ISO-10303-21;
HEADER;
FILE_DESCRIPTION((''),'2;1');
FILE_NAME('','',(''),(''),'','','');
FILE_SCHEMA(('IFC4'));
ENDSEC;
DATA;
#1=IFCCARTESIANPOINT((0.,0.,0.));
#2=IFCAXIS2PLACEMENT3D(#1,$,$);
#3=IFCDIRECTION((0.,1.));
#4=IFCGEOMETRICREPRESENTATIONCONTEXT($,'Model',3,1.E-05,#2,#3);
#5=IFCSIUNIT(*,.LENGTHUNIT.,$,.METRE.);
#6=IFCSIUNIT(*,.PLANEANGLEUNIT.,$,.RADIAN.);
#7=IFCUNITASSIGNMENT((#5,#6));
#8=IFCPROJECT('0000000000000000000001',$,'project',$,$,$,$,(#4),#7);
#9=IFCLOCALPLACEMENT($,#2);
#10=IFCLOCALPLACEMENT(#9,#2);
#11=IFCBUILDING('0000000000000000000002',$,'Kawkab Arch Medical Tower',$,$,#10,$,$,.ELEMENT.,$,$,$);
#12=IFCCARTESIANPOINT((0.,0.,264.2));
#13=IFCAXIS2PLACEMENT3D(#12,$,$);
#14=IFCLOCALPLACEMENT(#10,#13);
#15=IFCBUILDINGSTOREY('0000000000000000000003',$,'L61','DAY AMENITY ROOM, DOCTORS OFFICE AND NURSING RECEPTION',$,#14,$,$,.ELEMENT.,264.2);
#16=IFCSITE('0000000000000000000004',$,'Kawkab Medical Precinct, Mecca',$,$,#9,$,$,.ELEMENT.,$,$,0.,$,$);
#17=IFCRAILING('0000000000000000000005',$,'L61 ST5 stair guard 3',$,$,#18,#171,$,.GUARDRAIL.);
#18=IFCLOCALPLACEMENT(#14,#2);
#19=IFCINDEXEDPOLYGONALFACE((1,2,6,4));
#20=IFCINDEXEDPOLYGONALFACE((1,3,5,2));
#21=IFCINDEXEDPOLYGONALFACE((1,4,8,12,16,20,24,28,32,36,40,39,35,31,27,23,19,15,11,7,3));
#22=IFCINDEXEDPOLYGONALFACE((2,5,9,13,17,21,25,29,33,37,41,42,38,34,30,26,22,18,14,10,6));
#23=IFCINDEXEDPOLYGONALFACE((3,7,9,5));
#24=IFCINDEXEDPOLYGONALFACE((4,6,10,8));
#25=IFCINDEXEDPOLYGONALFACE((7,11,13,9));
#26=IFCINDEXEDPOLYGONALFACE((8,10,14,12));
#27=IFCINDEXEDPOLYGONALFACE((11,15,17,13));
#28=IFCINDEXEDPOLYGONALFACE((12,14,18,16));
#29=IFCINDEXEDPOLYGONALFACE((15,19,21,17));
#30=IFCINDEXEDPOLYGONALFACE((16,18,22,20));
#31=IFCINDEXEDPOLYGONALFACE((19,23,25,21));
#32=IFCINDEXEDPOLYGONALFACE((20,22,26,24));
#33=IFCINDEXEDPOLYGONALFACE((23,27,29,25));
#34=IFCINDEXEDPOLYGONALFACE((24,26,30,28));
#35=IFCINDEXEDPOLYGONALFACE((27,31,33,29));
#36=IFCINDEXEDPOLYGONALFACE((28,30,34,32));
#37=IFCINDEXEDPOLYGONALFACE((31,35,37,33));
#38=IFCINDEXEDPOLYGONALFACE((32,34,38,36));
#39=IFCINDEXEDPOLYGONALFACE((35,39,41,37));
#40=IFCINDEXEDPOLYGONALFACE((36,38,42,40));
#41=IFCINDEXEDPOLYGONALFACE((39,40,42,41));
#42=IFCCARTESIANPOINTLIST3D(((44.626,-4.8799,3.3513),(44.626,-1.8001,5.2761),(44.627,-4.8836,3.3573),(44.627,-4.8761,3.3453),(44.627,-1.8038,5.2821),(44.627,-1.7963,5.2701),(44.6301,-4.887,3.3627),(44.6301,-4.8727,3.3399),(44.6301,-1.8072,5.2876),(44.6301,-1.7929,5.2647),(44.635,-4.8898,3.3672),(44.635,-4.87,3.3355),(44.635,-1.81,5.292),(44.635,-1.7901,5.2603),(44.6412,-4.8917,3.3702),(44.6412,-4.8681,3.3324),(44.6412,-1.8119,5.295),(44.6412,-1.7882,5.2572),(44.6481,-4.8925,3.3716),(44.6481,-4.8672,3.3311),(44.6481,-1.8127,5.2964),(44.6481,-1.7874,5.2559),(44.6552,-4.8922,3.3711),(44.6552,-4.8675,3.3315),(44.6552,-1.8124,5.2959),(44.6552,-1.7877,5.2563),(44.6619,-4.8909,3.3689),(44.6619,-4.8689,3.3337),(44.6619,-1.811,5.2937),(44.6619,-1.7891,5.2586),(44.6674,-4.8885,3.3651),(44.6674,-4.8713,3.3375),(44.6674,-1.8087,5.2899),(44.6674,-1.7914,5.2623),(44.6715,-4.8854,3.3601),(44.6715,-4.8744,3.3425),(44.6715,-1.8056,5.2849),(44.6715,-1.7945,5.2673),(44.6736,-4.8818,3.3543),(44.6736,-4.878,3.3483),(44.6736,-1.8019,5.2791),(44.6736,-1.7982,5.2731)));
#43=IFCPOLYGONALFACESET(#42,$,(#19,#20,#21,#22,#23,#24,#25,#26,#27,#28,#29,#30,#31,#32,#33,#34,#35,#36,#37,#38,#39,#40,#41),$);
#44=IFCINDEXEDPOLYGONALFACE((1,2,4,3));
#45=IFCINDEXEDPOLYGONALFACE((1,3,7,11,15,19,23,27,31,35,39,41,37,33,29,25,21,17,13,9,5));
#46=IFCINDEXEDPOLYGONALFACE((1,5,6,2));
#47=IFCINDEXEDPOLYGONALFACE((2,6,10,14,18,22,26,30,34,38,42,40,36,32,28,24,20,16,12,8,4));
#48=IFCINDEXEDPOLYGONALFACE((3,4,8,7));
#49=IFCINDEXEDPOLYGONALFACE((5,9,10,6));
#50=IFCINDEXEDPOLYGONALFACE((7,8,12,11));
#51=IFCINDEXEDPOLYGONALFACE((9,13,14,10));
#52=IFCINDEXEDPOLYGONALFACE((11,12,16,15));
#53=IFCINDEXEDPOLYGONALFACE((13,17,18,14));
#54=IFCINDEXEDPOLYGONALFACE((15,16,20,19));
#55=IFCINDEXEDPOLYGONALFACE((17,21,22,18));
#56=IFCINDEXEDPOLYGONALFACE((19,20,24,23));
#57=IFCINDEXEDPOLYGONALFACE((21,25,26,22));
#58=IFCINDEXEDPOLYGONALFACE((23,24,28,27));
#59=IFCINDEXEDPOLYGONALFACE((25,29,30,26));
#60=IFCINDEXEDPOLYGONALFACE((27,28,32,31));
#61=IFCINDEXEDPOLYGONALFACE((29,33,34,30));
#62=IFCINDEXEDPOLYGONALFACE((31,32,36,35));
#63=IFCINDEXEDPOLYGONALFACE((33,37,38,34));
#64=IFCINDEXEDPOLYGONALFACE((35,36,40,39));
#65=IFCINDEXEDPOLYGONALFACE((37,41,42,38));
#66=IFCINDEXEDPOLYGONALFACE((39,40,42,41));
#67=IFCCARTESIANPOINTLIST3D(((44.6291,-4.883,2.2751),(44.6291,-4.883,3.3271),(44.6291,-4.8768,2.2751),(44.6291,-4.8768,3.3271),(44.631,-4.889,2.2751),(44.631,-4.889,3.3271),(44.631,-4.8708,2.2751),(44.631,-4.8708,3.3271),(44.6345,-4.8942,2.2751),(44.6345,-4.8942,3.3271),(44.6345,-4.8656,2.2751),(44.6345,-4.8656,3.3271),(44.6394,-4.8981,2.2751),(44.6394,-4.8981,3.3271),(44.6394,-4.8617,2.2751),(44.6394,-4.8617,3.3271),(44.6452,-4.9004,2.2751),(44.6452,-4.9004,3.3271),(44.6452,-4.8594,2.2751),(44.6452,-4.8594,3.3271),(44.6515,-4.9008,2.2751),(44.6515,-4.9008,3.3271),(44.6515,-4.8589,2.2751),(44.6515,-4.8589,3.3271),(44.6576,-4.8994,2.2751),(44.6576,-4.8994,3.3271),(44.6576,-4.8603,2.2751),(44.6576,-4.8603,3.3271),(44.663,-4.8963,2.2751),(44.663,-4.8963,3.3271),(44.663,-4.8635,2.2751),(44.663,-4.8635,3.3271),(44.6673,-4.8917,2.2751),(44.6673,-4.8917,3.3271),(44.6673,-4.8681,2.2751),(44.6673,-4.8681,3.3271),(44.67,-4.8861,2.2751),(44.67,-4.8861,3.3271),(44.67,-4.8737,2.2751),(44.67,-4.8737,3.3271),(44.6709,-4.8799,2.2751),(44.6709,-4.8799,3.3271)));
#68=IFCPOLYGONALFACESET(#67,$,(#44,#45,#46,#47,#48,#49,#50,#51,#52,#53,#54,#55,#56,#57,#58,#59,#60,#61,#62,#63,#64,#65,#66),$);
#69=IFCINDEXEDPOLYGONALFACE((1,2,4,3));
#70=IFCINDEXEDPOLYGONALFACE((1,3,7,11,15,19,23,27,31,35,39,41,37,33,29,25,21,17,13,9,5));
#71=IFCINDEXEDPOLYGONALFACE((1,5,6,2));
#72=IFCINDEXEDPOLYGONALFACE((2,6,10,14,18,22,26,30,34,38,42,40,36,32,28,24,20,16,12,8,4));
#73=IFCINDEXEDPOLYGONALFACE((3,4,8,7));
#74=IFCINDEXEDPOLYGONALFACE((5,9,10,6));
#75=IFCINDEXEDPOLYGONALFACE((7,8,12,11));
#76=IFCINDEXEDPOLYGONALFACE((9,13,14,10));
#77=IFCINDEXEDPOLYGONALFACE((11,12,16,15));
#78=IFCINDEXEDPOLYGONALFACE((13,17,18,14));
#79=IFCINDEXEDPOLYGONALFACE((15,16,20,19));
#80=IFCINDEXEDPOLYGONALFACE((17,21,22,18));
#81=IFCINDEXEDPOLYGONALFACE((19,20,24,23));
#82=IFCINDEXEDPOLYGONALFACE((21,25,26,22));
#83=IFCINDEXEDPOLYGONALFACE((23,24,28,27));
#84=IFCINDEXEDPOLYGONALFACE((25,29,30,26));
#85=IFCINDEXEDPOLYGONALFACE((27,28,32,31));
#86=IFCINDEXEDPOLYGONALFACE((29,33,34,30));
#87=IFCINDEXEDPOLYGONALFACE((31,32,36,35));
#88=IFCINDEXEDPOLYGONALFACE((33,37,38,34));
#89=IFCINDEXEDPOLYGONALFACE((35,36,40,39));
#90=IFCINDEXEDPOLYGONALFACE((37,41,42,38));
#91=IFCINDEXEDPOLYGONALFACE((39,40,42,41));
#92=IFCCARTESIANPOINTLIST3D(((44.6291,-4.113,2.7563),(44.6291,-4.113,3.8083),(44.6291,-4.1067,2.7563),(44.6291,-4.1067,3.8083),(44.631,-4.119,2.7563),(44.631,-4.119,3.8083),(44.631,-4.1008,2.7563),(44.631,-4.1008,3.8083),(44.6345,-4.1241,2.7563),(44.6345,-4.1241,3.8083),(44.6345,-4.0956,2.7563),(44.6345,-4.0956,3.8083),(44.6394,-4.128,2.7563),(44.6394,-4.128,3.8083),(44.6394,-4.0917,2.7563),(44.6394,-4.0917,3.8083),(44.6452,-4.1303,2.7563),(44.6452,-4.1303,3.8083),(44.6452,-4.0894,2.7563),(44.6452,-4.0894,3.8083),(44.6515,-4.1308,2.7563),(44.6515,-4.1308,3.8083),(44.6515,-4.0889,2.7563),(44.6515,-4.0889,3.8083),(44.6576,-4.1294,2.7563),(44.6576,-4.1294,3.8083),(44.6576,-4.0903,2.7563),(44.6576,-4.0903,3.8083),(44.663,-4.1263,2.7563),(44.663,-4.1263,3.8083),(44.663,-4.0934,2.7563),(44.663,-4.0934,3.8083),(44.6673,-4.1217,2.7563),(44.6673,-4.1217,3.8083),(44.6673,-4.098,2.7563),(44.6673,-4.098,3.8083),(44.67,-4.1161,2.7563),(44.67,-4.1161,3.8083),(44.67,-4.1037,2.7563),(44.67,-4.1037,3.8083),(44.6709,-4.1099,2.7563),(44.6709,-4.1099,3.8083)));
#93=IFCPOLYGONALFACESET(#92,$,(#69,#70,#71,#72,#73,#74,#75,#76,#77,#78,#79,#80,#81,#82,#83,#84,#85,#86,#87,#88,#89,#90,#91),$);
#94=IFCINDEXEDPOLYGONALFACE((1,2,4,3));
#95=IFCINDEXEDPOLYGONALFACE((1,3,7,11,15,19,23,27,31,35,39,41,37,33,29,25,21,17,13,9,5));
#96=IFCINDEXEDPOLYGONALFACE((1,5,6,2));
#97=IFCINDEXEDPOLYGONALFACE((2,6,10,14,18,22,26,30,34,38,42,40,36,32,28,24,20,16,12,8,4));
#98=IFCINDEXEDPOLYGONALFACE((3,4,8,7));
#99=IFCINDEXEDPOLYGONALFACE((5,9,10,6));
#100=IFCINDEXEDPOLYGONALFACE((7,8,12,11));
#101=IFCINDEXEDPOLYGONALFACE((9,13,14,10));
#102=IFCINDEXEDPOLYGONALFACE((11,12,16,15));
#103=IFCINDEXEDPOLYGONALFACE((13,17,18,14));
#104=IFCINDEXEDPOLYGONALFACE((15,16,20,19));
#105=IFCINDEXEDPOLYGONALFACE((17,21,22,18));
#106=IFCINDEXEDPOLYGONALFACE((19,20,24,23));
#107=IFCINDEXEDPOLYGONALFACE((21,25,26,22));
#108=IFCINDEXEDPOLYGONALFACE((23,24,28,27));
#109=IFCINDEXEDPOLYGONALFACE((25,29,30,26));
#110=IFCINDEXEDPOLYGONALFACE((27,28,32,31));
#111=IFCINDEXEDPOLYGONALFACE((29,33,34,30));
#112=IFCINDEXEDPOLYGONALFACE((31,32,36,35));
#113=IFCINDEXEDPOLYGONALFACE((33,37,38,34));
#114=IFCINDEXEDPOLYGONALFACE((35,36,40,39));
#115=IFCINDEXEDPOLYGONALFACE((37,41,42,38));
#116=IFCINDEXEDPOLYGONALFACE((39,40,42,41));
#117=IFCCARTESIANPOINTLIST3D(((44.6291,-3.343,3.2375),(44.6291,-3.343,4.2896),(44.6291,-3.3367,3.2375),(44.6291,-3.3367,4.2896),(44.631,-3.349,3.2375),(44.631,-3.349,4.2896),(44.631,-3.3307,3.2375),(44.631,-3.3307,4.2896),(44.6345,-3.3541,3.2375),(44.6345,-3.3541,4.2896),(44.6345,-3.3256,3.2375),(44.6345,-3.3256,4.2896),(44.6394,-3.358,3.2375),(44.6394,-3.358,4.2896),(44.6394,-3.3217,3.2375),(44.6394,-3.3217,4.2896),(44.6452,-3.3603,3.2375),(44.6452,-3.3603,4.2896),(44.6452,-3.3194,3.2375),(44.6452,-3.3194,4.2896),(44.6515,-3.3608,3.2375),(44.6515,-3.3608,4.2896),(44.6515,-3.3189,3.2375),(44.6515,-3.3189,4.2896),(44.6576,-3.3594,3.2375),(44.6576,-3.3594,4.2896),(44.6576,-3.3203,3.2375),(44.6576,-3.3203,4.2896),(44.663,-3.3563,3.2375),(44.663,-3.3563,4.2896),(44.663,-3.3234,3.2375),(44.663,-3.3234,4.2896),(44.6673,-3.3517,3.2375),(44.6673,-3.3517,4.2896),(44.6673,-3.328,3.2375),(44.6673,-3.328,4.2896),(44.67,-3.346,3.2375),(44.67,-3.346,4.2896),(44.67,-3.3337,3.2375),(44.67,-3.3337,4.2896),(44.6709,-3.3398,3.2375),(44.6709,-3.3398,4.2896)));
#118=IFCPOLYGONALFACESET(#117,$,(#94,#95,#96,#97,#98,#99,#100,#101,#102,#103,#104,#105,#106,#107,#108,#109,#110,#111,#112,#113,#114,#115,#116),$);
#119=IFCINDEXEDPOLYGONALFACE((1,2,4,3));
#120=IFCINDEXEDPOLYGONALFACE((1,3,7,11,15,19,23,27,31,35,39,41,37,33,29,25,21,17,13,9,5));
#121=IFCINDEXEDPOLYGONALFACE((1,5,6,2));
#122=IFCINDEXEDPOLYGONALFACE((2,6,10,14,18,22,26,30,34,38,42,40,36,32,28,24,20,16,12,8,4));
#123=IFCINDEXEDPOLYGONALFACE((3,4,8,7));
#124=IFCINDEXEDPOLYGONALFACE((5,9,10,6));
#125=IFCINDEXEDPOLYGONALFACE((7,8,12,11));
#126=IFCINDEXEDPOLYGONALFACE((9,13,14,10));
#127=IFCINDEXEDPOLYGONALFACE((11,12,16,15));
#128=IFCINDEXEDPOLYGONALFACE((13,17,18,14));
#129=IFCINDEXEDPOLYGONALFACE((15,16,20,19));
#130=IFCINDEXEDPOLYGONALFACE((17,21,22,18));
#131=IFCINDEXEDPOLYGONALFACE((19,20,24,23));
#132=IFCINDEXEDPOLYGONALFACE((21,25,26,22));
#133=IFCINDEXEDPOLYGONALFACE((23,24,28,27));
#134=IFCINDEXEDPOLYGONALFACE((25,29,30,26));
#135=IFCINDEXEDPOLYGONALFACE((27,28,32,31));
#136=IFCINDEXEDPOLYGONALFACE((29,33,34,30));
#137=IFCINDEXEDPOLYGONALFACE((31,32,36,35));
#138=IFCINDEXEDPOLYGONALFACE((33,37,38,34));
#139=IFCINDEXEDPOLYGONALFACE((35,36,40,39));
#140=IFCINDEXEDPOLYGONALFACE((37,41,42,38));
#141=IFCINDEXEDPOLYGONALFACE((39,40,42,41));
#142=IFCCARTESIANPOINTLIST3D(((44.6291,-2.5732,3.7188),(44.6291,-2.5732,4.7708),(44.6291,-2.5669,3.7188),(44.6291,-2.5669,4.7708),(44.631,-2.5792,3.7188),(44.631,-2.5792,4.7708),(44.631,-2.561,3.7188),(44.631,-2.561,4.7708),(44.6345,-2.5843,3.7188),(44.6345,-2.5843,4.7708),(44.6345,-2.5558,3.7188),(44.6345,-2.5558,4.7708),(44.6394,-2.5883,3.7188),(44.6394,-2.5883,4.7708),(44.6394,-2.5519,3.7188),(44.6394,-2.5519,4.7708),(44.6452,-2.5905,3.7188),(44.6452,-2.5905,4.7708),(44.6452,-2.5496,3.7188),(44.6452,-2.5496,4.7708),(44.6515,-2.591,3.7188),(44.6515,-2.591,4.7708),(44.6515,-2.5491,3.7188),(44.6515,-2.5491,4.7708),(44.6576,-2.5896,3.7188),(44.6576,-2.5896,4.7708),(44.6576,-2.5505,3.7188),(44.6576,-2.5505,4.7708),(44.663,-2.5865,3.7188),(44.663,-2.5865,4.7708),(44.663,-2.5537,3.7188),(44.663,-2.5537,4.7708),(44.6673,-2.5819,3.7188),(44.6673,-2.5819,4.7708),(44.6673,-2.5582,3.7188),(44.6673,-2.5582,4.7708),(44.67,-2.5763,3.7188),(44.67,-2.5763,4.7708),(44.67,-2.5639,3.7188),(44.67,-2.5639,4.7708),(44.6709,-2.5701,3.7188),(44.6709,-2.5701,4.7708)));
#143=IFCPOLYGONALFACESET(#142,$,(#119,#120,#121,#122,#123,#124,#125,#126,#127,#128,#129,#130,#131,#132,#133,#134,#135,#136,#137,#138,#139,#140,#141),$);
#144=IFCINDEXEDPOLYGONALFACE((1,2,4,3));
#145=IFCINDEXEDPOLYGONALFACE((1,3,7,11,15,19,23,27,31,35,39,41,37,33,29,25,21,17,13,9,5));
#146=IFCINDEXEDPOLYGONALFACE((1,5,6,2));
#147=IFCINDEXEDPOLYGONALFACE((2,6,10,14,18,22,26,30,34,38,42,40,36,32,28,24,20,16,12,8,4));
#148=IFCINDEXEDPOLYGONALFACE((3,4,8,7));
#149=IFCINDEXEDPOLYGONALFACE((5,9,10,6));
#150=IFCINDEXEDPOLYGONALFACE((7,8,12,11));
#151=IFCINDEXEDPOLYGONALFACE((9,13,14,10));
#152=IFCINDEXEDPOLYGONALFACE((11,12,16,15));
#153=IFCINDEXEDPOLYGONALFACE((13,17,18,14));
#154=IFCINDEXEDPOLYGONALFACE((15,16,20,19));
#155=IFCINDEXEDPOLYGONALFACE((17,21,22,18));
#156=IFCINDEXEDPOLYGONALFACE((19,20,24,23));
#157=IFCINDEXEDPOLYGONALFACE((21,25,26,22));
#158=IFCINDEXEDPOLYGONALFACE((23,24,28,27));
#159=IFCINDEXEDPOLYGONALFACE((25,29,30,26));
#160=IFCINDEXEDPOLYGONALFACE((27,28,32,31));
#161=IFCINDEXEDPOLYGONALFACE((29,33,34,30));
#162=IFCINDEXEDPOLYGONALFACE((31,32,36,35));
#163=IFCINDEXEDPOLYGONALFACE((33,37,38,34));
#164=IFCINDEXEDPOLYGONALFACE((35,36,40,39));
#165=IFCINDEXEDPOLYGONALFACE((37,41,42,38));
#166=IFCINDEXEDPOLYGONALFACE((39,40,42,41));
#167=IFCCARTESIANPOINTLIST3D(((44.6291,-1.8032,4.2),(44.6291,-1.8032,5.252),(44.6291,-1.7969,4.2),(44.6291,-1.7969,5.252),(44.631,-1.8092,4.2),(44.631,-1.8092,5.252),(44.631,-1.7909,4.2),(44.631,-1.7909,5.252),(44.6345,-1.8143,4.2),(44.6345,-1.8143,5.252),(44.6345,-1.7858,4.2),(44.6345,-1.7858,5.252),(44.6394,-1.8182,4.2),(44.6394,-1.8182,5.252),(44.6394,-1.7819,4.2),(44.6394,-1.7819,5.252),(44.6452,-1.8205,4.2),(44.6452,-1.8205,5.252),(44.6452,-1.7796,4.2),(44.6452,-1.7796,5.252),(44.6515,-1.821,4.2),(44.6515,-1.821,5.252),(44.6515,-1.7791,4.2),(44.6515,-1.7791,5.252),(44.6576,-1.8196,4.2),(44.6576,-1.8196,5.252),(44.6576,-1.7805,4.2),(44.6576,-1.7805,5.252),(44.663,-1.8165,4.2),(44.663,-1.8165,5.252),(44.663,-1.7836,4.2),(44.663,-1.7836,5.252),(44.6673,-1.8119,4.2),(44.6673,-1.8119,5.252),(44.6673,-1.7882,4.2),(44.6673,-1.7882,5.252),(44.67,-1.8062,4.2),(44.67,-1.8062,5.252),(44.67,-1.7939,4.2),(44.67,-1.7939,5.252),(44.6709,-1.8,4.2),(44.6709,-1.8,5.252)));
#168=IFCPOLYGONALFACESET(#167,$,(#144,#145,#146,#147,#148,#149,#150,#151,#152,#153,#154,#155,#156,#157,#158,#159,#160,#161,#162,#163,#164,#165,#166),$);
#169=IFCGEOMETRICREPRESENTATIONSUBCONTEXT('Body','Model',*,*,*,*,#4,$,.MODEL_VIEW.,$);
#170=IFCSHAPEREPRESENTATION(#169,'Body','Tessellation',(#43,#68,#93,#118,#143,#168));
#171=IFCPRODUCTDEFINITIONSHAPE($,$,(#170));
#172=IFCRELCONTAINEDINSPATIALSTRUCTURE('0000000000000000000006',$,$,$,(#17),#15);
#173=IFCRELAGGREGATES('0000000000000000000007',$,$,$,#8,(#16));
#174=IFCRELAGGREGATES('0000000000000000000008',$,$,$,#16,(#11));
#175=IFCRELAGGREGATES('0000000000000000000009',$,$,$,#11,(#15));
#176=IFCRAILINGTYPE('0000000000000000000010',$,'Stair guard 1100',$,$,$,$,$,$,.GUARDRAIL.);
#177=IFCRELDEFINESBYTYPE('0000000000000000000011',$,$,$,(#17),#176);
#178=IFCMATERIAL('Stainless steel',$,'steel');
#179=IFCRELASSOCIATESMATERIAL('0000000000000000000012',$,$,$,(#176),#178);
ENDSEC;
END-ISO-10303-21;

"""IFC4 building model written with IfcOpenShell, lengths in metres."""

from ifc_helpers import new_model, si_unit, direction, frame, origin, origin_2d, place, context, subcontext, project, spatial, circle, extrude, material, type_object, element, save


model = new_model("IFC4")

# Units and contexts
model_context = context("Model", 3, precision=1e-05, world=origin(), true_north=direction((0.0, 1.0)))
body_context = subcontext(model_context, "Body", "Model", "MODEL_VIEW")
ifc_project = project(units=[si_unit("LENGTHUNIT", "METRE"), si_unit("PLANEANGLEUNIT", "RADIAN")], contexts=[model_context])

# Site, building, storey
site_placement = place(None, origin())
site = spatial("IfcSite", under=ifc_project, at=site_placement, Name="Kawkab Medical Precinct, Mecca", CompositionType="ELEMENT", RefElevation=0.0)
building_placement = place(site_placement, origin())
building = spatial("IfcBuilding", under=site, at=building_placement, Name="Kawkab Arch Medical Tower", CompositionType="ELEMENT")
storey_placement = place(building_placement, frame((0.0, 0.0, 264.2)))
storey = spatial("IfcBuildingStorey", under=building, at=storey_placement, Name="L61", Description="DAY AMENITY ROOM, DOCTORS OFFICE AND NURSING RECEPTION", CompositionType="ELEMENT", Elevation=264.2)

# Railing
ifc_material_1 = material(Name="Stainless steel", Category="steel")
railing_type_1 = type_object("IfcRailingType", Name="Stair guard 1100", PredefinedType="GUARDRAIL", material=ifc_material_1)
railing_1_placement = place(storey_placement, frame((44.6499, -4.8799, 2.2751)))
element("IfcRailing", 1, at=railing_1_placement, inside=storey, type_object=railing_type_1, Name="L61 ST5 stair guard 3", PredefinedType="GUARDRAIL", context=body_context, shape_type="SweptSolid", body=[
    extrude(circle(Radius=0.0239, at=origin_2d()), frame((0.0, 0.0, 1.0762), z_axis=(0.0, 0.84801, 0.529981), x_axis=(-1.0, 0.0, 0.0)), (0.0, 0.0, 1.0), 3.6318),
    extrude(circle(Radius=0.021, at=origin_2d()), origin(), (0.0, 0.0, 1.0), 1.052),
    extrude(circle(Radius=0.021, at=origin_2d()), frame((0.0, 0.77, 0.4812)), (0.0, 0.0, 1.0), 1.052),
    extrude(circle(Radius=0.021, at=origin_2d()), frame((0.0, 1.54, 0.9624)), (0.0, 0.0, 1.0), 1.052),
    extrude(circle(Radius=0.021, at=origin_2d()), frame((0.0, 2.3098, 1.4436)), (0.0, 0.0, 1.0), 1.052),
    extrude(circle(Radius=0.021, at=origin_2d()), frame((0.0, 3.0798, 1.9248)), (0.0, 0.0, 1.0), 1.052),
])

save(model, "model.ifc")
